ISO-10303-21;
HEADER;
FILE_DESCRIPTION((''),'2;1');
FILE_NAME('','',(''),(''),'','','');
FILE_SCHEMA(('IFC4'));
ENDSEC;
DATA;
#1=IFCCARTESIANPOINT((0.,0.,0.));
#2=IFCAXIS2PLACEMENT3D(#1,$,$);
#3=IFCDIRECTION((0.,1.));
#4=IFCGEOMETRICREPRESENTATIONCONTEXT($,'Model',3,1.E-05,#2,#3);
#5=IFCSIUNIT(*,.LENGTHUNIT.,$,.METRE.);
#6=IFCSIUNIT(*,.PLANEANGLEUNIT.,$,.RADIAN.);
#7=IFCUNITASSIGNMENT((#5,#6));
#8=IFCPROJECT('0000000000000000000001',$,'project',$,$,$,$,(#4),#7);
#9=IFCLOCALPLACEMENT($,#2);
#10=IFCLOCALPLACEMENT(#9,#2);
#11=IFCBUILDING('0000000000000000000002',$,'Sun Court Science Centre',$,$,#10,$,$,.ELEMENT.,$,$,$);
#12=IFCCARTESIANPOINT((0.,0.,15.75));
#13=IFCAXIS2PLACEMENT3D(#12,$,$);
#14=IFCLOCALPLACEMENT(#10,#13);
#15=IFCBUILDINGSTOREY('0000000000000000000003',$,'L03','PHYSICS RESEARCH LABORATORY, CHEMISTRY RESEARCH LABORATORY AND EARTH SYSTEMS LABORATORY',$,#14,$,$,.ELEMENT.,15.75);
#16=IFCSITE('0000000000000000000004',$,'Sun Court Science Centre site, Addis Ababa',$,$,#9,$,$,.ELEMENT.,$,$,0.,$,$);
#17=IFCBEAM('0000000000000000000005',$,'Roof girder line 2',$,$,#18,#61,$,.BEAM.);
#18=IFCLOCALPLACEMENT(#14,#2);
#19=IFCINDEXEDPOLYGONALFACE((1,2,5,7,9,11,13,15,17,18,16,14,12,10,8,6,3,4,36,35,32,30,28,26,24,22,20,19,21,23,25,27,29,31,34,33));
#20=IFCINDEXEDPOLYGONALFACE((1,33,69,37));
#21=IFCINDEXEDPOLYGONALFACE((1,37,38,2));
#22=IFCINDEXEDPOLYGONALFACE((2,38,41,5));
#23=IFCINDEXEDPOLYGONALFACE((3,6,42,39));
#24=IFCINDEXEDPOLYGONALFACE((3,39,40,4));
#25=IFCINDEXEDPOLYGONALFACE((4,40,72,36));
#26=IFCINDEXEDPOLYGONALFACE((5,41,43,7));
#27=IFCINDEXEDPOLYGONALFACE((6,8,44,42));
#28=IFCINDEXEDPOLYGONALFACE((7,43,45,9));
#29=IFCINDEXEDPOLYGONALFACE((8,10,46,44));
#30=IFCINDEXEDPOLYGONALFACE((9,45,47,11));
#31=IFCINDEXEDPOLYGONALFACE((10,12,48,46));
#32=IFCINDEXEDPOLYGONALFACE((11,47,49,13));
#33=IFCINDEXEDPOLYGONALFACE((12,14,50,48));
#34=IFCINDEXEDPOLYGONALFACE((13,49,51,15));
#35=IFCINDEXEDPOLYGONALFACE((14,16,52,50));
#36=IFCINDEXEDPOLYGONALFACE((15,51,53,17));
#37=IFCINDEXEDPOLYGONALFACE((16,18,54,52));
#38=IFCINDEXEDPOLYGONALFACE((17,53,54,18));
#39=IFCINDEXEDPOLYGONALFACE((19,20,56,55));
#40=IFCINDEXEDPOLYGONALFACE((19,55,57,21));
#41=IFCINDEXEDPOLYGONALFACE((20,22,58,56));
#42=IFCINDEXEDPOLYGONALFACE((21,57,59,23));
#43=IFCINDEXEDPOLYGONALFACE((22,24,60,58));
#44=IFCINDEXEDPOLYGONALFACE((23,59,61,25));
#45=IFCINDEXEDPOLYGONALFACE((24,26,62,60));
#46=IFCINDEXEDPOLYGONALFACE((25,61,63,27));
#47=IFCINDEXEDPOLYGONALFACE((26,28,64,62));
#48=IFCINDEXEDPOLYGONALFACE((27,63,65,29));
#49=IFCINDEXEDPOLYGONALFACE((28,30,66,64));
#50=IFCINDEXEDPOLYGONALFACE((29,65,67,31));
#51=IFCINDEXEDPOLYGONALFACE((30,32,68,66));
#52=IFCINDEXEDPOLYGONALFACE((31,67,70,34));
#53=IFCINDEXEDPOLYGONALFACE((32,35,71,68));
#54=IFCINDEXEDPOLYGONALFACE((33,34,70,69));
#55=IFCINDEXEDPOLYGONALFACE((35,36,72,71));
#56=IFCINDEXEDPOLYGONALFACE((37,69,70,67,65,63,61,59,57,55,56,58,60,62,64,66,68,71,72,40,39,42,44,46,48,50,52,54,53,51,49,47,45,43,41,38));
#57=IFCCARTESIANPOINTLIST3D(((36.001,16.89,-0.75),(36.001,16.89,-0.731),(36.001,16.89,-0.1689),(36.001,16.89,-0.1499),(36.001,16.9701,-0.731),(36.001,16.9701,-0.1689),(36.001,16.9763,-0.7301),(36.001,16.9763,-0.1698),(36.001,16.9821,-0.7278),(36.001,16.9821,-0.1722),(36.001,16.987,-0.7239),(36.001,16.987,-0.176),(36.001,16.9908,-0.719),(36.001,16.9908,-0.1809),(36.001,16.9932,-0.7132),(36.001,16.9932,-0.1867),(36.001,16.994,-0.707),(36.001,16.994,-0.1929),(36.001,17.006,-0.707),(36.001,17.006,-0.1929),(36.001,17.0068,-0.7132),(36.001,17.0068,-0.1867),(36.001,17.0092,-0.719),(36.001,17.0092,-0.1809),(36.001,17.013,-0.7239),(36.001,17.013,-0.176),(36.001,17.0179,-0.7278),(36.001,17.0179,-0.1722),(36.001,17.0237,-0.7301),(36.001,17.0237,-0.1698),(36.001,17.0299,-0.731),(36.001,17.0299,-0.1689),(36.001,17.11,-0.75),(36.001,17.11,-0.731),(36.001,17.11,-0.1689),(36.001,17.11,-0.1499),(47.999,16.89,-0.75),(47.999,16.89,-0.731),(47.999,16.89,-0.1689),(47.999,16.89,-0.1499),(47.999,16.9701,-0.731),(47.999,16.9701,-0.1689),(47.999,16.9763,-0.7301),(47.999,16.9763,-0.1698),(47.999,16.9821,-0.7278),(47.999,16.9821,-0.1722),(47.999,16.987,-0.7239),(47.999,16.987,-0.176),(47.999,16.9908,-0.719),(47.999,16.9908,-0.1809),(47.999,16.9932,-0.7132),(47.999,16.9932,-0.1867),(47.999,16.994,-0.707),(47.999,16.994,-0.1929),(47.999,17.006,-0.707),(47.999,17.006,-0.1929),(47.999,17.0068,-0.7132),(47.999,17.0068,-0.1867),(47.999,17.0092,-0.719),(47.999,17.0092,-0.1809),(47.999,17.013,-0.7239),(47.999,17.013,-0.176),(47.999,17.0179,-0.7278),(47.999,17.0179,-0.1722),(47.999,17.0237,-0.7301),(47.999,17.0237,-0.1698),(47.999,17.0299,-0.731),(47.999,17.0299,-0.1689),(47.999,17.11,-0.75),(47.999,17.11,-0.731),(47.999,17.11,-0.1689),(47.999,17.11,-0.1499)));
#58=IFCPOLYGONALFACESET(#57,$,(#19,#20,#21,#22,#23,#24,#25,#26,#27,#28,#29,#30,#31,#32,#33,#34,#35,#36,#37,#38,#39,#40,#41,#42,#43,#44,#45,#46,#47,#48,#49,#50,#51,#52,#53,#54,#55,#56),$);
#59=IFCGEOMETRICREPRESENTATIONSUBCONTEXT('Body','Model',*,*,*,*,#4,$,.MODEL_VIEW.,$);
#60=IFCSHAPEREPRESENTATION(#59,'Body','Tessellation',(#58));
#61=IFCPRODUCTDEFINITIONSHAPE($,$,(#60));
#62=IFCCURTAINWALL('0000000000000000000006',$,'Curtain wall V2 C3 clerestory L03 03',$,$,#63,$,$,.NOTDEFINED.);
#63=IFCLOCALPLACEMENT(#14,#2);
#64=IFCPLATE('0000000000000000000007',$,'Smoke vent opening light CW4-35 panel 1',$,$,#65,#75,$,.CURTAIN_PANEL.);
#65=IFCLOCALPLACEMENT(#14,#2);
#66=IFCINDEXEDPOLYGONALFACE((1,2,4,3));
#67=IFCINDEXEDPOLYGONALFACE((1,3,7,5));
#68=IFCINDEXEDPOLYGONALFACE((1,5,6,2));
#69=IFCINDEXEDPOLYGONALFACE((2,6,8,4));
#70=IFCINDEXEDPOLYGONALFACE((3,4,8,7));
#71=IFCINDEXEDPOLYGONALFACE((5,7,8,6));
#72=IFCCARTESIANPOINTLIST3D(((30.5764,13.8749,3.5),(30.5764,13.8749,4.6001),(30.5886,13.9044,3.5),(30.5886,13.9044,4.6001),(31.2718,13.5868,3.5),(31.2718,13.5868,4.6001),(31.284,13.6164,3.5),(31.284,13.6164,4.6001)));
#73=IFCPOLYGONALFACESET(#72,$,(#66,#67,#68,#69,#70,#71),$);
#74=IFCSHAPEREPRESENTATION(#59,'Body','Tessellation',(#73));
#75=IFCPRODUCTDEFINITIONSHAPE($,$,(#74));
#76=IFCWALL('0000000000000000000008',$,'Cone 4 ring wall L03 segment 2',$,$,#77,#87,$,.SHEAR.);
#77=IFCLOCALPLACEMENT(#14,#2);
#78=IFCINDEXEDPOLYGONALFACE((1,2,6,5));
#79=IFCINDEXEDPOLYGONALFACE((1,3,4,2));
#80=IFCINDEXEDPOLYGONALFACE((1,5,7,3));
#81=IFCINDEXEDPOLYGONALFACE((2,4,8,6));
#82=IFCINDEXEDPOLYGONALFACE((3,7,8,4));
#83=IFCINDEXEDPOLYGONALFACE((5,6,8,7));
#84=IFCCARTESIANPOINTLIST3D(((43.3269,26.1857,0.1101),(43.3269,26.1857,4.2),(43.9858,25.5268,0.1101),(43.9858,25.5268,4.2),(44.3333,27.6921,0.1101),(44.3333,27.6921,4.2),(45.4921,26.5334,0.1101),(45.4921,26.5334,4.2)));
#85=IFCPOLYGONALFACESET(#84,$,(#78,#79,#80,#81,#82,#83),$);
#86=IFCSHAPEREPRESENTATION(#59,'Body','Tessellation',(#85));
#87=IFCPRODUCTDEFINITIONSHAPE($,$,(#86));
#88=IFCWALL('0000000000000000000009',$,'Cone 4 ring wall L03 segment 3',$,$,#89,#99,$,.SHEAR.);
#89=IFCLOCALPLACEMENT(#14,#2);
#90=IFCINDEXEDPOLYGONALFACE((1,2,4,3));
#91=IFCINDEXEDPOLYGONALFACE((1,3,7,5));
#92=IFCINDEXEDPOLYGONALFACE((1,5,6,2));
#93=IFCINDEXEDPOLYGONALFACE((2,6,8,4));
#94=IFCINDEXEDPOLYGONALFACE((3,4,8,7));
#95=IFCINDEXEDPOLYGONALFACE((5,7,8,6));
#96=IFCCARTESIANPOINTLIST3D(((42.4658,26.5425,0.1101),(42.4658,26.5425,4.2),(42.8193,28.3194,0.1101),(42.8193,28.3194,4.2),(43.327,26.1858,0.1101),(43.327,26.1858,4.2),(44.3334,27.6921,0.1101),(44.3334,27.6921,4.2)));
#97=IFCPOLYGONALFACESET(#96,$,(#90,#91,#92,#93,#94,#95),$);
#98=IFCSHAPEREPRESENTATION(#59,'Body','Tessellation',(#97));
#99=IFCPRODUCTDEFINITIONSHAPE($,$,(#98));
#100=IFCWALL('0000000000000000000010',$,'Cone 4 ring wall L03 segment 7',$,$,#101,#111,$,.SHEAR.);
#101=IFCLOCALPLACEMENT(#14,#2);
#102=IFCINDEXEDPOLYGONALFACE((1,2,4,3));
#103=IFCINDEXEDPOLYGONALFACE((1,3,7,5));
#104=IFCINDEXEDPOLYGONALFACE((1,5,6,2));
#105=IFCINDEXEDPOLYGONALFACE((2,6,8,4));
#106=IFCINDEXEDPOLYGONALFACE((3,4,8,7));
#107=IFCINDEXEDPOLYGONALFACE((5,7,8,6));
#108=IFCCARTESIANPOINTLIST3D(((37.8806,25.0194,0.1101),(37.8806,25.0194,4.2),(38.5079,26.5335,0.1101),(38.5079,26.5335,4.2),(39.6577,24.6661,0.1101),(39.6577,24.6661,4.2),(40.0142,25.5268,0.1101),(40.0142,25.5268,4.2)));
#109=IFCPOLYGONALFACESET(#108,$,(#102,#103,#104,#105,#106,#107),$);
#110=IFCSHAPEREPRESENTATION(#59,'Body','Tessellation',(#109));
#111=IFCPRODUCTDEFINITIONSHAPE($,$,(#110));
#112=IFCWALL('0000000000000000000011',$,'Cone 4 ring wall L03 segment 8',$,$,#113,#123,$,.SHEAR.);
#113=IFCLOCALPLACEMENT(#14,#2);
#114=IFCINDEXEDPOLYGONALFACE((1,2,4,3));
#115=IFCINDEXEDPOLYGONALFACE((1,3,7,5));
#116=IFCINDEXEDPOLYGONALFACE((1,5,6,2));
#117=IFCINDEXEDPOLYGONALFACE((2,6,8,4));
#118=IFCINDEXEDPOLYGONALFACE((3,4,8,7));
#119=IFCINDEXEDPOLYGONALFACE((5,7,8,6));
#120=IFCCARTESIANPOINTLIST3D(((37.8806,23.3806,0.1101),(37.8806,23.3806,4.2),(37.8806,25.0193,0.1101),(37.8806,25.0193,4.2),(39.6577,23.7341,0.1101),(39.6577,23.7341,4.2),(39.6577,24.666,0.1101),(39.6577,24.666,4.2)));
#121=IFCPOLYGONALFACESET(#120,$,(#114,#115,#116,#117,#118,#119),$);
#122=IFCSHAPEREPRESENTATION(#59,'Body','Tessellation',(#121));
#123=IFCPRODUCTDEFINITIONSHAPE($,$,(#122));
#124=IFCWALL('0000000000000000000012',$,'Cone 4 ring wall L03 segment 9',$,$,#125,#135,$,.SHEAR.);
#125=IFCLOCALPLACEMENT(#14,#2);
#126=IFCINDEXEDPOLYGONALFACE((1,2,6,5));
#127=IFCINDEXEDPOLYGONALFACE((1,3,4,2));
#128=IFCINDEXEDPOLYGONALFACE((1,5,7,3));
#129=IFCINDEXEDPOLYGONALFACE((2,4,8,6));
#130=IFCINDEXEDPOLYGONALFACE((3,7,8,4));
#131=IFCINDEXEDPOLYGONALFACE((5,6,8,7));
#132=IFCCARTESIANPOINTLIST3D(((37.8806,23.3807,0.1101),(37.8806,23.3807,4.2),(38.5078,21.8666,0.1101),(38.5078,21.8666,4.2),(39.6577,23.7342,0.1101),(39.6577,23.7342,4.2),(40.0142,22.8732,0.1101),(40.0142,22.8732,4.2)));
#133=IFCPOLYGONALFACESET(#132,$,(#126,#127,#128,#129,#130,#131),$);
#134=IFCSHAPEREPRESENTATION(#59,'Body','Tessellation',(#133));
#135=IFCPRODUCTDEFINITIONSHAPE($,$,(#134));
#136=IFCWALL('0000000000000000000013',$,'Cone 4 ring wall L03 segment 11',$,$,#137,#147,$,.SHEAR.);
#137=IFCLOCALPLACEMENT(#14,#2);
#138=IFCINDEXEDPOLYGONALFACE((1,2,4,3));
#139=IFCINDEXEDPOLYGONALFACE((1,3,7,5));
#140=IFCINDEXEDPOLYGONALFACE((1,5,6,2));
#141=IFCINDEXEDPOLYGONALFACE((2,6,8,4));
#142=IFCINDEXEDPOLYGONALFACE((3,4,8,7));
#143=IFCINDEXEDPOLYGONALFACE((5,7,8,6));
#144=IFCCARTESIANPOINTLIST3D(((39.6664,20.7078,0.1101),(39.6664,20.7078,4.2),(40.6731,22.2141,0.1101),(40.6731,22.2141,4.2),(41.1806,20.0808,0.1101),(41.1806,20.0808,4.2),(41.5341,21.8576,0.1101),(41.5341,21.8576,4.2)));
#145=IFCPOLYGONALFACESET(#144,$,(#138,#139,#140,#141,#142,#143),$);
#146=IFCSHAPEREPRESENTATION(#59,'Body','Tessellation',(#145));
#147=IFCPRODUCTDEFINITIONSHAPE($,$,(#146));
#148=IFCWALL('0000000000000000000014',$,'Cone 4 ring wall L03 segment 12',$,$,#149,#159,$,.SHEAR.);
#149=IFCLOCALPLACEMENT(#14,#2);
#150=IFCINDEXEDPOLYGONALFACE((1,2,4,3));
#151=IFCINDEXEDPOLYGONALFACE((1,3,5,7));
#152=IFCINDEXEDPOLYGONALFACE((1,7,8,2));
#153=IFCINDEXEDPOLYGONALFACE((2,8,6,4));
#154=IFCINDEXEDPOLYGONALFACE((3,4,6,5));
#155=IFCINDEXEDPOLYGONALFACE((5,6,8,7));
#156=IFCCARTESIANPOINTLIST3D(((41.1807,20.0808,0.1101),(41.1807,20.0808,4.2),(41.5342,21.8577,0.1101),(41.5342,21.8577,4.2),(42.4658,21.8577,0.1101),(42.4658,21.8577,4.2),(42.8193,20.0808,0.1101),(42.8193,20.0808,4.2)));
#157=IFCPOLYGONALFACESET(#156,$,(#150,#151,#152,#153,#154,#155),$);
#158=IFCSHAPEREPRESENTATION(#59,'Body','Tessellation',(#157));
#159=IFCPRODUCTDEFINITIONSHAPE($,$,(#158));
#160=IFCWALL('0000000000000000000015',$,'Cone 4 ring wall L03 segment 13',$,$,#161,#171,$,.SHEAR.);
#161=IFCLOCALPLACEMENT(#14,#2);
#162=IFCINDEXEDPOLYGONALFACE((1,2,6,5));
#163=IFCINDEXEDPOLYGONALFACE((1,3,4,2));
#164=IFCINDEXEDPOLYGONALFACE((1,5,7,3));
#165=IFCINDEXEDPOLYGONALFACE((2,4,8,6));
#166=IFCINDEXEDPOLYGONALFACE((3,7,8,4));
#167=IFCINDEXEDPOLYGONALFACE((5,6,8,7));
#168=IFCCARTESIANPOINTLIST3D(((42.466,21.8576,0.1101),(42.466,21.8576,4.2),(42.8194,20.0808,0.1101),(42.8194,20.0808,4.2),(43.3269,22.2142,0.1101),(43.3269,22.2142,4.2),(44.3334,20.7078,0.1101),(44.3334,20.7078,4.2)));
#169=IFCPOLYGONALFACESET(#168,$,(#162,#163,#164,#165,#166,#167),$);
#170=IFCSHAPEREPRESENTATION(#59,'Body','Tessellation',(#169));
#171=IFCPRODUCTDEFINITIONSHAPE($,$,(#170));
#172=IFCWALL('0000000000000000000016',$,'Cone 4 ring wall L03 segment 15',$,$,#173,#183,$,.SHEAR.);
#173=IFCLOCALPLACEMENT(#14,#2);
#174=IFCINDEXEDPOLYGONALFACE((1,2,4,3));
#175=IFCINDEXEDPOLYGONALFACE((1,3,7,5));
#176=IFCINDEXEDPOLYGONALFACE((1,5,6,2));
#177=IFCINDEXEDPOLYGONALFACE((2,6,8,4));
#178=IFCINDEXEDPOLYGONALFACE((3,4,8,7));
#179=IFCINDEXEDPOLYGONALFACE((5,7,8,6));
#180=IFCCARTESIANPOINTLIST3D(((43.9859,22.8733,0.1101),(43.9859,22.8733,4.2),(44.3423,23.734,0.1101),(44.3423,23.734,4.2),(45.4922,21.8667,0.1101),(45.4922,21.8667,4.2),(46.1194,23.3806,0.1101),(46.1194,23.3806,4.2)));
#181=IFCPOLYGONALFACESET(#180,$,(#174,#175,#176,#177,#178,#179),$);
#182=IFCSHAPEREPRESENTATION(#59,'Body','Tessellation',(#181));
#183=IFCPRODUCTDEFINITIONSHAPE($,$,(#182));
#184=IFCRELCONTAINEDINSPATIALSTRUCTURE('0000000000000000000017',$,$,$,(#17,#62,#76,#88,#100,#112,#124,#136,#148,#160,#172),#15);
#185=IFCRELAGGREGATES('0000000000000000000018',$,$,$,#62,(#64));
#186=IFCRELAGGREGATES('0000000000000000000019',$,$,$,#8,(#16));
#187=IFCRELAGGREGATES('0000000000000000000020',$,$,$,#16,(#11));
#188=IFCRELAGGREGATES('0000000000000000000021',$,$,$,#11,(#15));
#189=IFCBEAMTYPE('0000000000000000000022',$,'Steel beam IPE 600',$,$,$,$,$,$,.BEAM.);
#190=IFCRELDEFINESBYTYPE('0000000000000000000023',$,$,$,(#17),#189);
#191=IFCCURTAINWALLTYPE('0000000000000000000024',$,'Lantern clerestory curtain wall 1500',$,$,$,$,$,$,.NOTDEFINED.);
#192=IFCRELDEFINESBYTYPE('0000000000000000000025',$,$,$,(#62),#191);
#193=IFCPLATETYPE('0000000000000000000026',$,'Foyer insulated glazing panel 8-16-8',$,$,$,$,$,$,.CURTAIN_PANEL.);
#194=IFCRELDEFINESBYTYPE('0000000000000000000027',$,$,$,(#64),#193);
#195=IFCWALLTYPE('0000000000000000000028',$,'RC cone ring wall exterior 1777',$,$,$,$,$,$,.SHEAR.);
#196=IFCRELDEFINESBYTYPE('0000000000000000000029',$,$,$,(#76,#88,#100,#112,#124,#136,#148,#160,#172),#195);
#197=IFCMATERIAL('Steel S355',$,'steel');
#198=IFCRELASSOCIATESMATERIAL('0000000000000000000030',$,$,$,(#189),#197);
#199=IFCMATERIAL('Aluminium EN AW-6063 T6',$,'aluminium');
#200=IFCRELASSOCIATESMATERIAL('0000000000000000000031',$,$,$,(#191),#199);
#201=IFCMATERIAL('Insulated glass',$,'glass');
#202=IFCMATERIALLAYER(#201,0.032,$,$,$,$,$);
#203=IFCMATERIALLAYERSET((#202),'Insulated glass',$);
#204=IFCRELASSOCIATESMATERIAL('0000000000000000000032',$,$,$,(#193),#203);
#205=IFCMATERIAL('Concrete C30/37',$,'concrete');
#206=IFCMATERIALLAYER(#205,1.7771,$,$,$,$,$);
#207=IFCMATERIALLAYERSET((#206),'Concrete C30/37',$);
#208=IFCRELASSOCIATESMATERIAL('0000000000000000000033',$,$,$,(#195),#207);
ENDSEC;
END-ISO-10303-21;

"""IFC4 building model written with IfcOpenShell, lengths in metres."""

from ifc_helpers import new_model, si_unit, direction, frame, origin, origin_2d, place, context, subcontext, project, spatial, polyline, rectangle, i_section, outline, extrude, material, layer, layer_set, material_profile, profile_set, type_object, element, aggregate, save


model = new_model("IFC4")

# Units and contexts
model_context = context("Model", 3, precision=1e-05, world=origin(), true_north=direction((0.0, 1.0)))
body_context = subcontext(model_context, "Body", "Model", "MODEL_VIEW")
ifc_project = project(units=[si_unit("LENGTHUNIT", "METRE"), si_unit("PLANEANGLEUNIT", "RADIAN")], contexts=[model_context])

# Site, building, storey
site_placement = place(None, origin())
site = spatial("IfcSite", under=ifc_project, at=site_placement, Name="Sun Court Science Centre site, Addis Ababa", CompositionType="ELEMENT", RefElevation=0.0)
building_placement = place(site_placement, origin())
building = spatial("IfcBuilding", under=site, at=building_placement, Name="Sun Court Science Centre", CompositionType="ELEMENT")
storey_placement = place(building_placement, frame((0.0, 0.0, 15.75)))
storey = spatial("IfcBuildingStorey", under=building, at=storey_placement, Name="L03", Description="PHYSICS RESEARCH LABORATORY, CHEMISTRY RESEARCH LABORATORY AND EARTH SYSTEMS LABORATORY", CompositionType="ELEMENT", Elevation=15.75)

# Beam
ifc_material_1 = material(Name="Steel S355", Category="steel")
ifc_material_profile_1 = material_profile(ifc_material_1, i_section(OverallWidth=0.22, OverallDepth=0.6001, WebThickness=0.012, FlangeThickness=0.019, FilletRadius=0.0239, at=origin_2d()), Name="IPE 600")
ifc_profile_set_1 = profile_set([ifc_material_profile_1], Name="Steel S355")
beam_type = type_object("IfcBeamType", Name="Steel beam IPE 600", PredefinedType="BEAM", material=ifc_profile_set_1)
beam_placement = place(storey_placement, frame((36.001, 17.0, -0.45), z_axis=(1.0, 0.0, 0.0), x_axis=(0.0, 1.0, 0.0)))
element("IfcBeam", 1, at=beam_placement, inside=storey, type_object=beam_type, Name="Roof girder line 2", PredefinedType="BEAM", context=body_context, shape_type="SweptSolid", body=[
    extrude(i_section(OverallWidth=0.22, OverallDepth=0.6001, WebThickness=0.012, FlangeThickness=0.019, FilletRadius=0.0239, at=origin_2d()), origin(), (0.0, 0.0, 1.0), 11.998),
])

# Curtain wall, plate
ifc_material_2 = material(Name="Aluminium EN AW-6063 T6", Category="aluminium")
curtain_wall_type = type_object("IfcCurtainWallType", Name="Lantern clerestory curtain wall 1500", PredefinedType="NOTDEFINED", material=ifc_material_2)
curtain_wall_placement = place(storey_placement, origin())
curtain_wall = element("IfcCurtainWall", 2, at=curtain_wall_placement, inside=storey, type_object=curtain_wall_type, Name="Curtain wall V2 C3 clerestory L03 03", PredefinedType="NOTDEFINED")
ifc_material_3 = material(Name="Insulated glass", Category="glass")
ifc_layer_1 = layer(ifc_material_3, 0.032)
ifc_layer_set_1 = layer_set([ifc_layer_1], Name="Insulated glass")
plate_type = type_object("IfcPlateType", Name="Foyer insulated glazing panel 8-16-8", PredefinedType="CURTAIN_PANEL", material=ifc_layer_set_1)
plate_placement = place(storey_placement, frame((30.9302, 13.7456, 3.5), z_axis=(0.0, 0.0, 1.0), x_axis=(0.92388, -0.382683, 0.0)))
plate = element("IfcPlate", 3, at=plate_placement, type_object=plate_type, Name="Smoke vent opening light CW4-35 panel 1", PredefinedType="CURTAIN_PANEL", context=body_context, shape_type="SweptSolid", body=[
    extrude(rectangle(XDim=0.7527, YDim=0.032, at=origin_2d()), origin(), (0.0, 0.0, 1.0), 1.1001),
])
aggregate(curtain_wall, [plate])

# Walls
ifc_material_4 = material(Name="Concrete C30/37", Category="concrete")
ifc_layer_2 = layer(ifc_material_4, 1.7771)
ifc_layer_set_2 = layer_set([ifc_layer_2], Name="Concrete C30/37")
wall_type_1 = type_object("IfcWallType", Name="RC cone ring wall exterior 1777", PredefinedType="SHEAR", material=ifc_layer_set_2)
wall_1_placement = place(storey_placement, frame((44.864, 25.905, 0.1101), z_axis=(0.0, 0.0, 1.0), x_axis=(-0.707107, 0.707107, 0.0)))
element("IfcWall", 4, at=wall_1_placement, inside=storey, type_object=wall_type_1, Name="Cone 4 ring wall L03 segment 2", PredefinedType="SHEAR", context=body_context, shape_type="SweptSolid", body=[
    extrude(outline(polyline([(0.0002, -0.8884), (1.6389, -0.8884), (1.2854, 0.8884), (0.3535, 0.8884), (0.0002, -0.8884)])), origin(), (0.0, 0.0, 1.0), 4.0898),
])
wall_2_placement = place(storey_placement, frame((43.9934, 26.8713, 0.1101), z_axis=(0.0, 0.0, 1.0), x_axis=(-0.923855, 0.382742, 0.0)))
element("IfcWall", 5, at=wall_2_placement, inside=storey, type_object=wall_type_1, Name="Cone 4 ring wall L03 segment 3", PredefinedType="SHEAR", context=body_context, shape_type="SweptSolid", body=[
    extrude(outline(polyline([(0.0, -0.8884), (1.6389, -0.8884), (1.2854, 0.8884), (0.3533, 0.8884), (0.0, -0.8884)])), origin(), (0.0, 0.0, 1.0), 4.0898),
])
wall_3_placement = place(storey_placement, frame((39.3286, 26.1934, 0.1101), z_axis=(0.0, 0.0, 1.0), x_axis=(-0.382615, -0.923908, 0.0)))
element("IfcWall", 6, at=wall_3_placement, inside=storey, type_object=wall_type_1, Name="Cone 4 ring wall L03 segment 7", PredefinedType="SHEAR", context=body_context, shape_type="SweptSolid", body=[
    extrude(outline(polyline([(-0.0002, -0.8884), (1.6387, -0.8887), (1.2852, 0.8884), (0.3535, 0.8884), (-0.0002, -0.8884)])), origin(), (0.0, 0.0, 1.0), 4.0898),
])
wall_4_placement = place(storey_placement, frame((38.7693, 25.0193, 0.1101), z_axis=(0.0, 0.0, 1.0), x_axis=(0.0, -1.0, 0.0)))
element("IfcWall", 7, at=wall_4_placement, inside=storey, type_object=wall_type_1, Name="Cone 4 ring wall L03 segment 8", PredefinedType="SHEAR", context=body_context, shape_type="SweptSolid", body=[
    extrude(outline(polyline([(0.0, -0.8887), (1.6387, -0.8887), (1.2852, 0.8884), (0.3533, 0.8884), (0.0, -0.8887)])), origin(), (0.0, 0.0, 1.0), 4.0898),
])
wall_5_placement = place(storey_placement, frame((38.7017, 23.7207, 0.1101), z_axis=(0.0, 0.0, 1.0), x_axis=(0.382562, -0.92393, 0.0)))
element("IfcWall", 8, at=wall_5_placement, inside=storey, type_object=wall_type_1, Name="Cone 4 ring wall L03 segment 9", PredefinedType="SHEAR", context=body_context, shape_type="SweptSolid", body=[
    extrude(outline(polyline([(0.0, -0.8887), (1.6389, -0.8884), (1.2852, 0.8884), (0.3533, 0.8884), (0.0, -0.8887)])), origin(), (0.0, 0.0, 1.0), 4.0898),
])
wall_6_placement = place(storey_placement, frame((40.0066, 21.5286, 0.1101), z_axis=(0.0, 0.0, 1.0), x_axis=(0.923908, -0.382615, 0.0)))
element("IfcWall", 9, at=wall_6_placement, inside=storey, type_object=wall_type_1, Name="Cone 4 ring wall L03 segment 11", PredefinedType="SHEAR", context=body_context, shape_type="SweptSolid", body=[
    extrude(outline(polyline([(-0.0002, -0.8884), (1.6387, -0.8884), (1.2854, 0.8884), (0.3535, 0.8884), (-0.0002, -0.8884)])), origin(), (0.0, 0.0, 1.0), 4.0898),
])
wall_7_placement = place(storey_placement, frame((41.1807, 20.9692, 0.1101), z_axis=(0.0, 0.0, 1.0), x_axis=(1.0, 0.0, 0.0)))
element("IfcWall", 10, at=wall_7_placement, inside=storey, type_object=wall_type_1, Name="Cone 4 ring wall L03 segment 12", PredefinedType="SHEAR", context=body_context, shape_type="SweptSolid", body=[
    extrude(outline(polyline([(0.0, -0.8884), (1.6387, -0.8884), (1.2852, 0.8884), (0.3535, 0.8884), (0.0, -0.8884)])), origin(), (0.0, 0.0, 1.0), 4.0898),
])
wall_8_placement = place(storey_placement, frame((42.4795, 20.9016, 0.1101), z_axis=(0.0, 0.0, 1.0), x_axis=(0.923908, 0.382615, 0.0)))
element("IfcWall", 11, at=wall_8_placement, inside=storey, type_object=wall_type_1, Name="Cone 4 ring wall L03 segment 13", PredefinedType="SHEAR", context=body_context, shape_type="SweptSolid", body=[
    extrude(outline(polyline([(0.0, -0.8884), (1.6387, -0.8884), (1.2852, 0.8884), (0.3533, 0.8884), (0.0, -0.8884)])), origin(), (0.0, 0.0, 1.0), 4.0898),
])
wall_9_placement = place(storey_placement, frame((44.6714, 22.2065, 0.1101), z_axis=(0.0, 0.0, 1.0), x_axis=(0.382562, 0.92393, 0.0)))
element("IfcWall", 12, at=wall_9_placement, inside=storey, type_object=wall_type_1, Name="Cone 4 ring wall L03 segment 15", PredefinedType="SHEAR", context=body_context, shape_type="SweptSolid", body=[
    extrude(outline(polyline([(0.0, -0.8884), (1.6387, -0.8887), (1.2854, 0.8884), (0.3538, 0.8884), (0.0, -0.8884)])), origin(), (0.0, 0.0, 1.0), 4.0898),
])

save(model, "model.ifc")
